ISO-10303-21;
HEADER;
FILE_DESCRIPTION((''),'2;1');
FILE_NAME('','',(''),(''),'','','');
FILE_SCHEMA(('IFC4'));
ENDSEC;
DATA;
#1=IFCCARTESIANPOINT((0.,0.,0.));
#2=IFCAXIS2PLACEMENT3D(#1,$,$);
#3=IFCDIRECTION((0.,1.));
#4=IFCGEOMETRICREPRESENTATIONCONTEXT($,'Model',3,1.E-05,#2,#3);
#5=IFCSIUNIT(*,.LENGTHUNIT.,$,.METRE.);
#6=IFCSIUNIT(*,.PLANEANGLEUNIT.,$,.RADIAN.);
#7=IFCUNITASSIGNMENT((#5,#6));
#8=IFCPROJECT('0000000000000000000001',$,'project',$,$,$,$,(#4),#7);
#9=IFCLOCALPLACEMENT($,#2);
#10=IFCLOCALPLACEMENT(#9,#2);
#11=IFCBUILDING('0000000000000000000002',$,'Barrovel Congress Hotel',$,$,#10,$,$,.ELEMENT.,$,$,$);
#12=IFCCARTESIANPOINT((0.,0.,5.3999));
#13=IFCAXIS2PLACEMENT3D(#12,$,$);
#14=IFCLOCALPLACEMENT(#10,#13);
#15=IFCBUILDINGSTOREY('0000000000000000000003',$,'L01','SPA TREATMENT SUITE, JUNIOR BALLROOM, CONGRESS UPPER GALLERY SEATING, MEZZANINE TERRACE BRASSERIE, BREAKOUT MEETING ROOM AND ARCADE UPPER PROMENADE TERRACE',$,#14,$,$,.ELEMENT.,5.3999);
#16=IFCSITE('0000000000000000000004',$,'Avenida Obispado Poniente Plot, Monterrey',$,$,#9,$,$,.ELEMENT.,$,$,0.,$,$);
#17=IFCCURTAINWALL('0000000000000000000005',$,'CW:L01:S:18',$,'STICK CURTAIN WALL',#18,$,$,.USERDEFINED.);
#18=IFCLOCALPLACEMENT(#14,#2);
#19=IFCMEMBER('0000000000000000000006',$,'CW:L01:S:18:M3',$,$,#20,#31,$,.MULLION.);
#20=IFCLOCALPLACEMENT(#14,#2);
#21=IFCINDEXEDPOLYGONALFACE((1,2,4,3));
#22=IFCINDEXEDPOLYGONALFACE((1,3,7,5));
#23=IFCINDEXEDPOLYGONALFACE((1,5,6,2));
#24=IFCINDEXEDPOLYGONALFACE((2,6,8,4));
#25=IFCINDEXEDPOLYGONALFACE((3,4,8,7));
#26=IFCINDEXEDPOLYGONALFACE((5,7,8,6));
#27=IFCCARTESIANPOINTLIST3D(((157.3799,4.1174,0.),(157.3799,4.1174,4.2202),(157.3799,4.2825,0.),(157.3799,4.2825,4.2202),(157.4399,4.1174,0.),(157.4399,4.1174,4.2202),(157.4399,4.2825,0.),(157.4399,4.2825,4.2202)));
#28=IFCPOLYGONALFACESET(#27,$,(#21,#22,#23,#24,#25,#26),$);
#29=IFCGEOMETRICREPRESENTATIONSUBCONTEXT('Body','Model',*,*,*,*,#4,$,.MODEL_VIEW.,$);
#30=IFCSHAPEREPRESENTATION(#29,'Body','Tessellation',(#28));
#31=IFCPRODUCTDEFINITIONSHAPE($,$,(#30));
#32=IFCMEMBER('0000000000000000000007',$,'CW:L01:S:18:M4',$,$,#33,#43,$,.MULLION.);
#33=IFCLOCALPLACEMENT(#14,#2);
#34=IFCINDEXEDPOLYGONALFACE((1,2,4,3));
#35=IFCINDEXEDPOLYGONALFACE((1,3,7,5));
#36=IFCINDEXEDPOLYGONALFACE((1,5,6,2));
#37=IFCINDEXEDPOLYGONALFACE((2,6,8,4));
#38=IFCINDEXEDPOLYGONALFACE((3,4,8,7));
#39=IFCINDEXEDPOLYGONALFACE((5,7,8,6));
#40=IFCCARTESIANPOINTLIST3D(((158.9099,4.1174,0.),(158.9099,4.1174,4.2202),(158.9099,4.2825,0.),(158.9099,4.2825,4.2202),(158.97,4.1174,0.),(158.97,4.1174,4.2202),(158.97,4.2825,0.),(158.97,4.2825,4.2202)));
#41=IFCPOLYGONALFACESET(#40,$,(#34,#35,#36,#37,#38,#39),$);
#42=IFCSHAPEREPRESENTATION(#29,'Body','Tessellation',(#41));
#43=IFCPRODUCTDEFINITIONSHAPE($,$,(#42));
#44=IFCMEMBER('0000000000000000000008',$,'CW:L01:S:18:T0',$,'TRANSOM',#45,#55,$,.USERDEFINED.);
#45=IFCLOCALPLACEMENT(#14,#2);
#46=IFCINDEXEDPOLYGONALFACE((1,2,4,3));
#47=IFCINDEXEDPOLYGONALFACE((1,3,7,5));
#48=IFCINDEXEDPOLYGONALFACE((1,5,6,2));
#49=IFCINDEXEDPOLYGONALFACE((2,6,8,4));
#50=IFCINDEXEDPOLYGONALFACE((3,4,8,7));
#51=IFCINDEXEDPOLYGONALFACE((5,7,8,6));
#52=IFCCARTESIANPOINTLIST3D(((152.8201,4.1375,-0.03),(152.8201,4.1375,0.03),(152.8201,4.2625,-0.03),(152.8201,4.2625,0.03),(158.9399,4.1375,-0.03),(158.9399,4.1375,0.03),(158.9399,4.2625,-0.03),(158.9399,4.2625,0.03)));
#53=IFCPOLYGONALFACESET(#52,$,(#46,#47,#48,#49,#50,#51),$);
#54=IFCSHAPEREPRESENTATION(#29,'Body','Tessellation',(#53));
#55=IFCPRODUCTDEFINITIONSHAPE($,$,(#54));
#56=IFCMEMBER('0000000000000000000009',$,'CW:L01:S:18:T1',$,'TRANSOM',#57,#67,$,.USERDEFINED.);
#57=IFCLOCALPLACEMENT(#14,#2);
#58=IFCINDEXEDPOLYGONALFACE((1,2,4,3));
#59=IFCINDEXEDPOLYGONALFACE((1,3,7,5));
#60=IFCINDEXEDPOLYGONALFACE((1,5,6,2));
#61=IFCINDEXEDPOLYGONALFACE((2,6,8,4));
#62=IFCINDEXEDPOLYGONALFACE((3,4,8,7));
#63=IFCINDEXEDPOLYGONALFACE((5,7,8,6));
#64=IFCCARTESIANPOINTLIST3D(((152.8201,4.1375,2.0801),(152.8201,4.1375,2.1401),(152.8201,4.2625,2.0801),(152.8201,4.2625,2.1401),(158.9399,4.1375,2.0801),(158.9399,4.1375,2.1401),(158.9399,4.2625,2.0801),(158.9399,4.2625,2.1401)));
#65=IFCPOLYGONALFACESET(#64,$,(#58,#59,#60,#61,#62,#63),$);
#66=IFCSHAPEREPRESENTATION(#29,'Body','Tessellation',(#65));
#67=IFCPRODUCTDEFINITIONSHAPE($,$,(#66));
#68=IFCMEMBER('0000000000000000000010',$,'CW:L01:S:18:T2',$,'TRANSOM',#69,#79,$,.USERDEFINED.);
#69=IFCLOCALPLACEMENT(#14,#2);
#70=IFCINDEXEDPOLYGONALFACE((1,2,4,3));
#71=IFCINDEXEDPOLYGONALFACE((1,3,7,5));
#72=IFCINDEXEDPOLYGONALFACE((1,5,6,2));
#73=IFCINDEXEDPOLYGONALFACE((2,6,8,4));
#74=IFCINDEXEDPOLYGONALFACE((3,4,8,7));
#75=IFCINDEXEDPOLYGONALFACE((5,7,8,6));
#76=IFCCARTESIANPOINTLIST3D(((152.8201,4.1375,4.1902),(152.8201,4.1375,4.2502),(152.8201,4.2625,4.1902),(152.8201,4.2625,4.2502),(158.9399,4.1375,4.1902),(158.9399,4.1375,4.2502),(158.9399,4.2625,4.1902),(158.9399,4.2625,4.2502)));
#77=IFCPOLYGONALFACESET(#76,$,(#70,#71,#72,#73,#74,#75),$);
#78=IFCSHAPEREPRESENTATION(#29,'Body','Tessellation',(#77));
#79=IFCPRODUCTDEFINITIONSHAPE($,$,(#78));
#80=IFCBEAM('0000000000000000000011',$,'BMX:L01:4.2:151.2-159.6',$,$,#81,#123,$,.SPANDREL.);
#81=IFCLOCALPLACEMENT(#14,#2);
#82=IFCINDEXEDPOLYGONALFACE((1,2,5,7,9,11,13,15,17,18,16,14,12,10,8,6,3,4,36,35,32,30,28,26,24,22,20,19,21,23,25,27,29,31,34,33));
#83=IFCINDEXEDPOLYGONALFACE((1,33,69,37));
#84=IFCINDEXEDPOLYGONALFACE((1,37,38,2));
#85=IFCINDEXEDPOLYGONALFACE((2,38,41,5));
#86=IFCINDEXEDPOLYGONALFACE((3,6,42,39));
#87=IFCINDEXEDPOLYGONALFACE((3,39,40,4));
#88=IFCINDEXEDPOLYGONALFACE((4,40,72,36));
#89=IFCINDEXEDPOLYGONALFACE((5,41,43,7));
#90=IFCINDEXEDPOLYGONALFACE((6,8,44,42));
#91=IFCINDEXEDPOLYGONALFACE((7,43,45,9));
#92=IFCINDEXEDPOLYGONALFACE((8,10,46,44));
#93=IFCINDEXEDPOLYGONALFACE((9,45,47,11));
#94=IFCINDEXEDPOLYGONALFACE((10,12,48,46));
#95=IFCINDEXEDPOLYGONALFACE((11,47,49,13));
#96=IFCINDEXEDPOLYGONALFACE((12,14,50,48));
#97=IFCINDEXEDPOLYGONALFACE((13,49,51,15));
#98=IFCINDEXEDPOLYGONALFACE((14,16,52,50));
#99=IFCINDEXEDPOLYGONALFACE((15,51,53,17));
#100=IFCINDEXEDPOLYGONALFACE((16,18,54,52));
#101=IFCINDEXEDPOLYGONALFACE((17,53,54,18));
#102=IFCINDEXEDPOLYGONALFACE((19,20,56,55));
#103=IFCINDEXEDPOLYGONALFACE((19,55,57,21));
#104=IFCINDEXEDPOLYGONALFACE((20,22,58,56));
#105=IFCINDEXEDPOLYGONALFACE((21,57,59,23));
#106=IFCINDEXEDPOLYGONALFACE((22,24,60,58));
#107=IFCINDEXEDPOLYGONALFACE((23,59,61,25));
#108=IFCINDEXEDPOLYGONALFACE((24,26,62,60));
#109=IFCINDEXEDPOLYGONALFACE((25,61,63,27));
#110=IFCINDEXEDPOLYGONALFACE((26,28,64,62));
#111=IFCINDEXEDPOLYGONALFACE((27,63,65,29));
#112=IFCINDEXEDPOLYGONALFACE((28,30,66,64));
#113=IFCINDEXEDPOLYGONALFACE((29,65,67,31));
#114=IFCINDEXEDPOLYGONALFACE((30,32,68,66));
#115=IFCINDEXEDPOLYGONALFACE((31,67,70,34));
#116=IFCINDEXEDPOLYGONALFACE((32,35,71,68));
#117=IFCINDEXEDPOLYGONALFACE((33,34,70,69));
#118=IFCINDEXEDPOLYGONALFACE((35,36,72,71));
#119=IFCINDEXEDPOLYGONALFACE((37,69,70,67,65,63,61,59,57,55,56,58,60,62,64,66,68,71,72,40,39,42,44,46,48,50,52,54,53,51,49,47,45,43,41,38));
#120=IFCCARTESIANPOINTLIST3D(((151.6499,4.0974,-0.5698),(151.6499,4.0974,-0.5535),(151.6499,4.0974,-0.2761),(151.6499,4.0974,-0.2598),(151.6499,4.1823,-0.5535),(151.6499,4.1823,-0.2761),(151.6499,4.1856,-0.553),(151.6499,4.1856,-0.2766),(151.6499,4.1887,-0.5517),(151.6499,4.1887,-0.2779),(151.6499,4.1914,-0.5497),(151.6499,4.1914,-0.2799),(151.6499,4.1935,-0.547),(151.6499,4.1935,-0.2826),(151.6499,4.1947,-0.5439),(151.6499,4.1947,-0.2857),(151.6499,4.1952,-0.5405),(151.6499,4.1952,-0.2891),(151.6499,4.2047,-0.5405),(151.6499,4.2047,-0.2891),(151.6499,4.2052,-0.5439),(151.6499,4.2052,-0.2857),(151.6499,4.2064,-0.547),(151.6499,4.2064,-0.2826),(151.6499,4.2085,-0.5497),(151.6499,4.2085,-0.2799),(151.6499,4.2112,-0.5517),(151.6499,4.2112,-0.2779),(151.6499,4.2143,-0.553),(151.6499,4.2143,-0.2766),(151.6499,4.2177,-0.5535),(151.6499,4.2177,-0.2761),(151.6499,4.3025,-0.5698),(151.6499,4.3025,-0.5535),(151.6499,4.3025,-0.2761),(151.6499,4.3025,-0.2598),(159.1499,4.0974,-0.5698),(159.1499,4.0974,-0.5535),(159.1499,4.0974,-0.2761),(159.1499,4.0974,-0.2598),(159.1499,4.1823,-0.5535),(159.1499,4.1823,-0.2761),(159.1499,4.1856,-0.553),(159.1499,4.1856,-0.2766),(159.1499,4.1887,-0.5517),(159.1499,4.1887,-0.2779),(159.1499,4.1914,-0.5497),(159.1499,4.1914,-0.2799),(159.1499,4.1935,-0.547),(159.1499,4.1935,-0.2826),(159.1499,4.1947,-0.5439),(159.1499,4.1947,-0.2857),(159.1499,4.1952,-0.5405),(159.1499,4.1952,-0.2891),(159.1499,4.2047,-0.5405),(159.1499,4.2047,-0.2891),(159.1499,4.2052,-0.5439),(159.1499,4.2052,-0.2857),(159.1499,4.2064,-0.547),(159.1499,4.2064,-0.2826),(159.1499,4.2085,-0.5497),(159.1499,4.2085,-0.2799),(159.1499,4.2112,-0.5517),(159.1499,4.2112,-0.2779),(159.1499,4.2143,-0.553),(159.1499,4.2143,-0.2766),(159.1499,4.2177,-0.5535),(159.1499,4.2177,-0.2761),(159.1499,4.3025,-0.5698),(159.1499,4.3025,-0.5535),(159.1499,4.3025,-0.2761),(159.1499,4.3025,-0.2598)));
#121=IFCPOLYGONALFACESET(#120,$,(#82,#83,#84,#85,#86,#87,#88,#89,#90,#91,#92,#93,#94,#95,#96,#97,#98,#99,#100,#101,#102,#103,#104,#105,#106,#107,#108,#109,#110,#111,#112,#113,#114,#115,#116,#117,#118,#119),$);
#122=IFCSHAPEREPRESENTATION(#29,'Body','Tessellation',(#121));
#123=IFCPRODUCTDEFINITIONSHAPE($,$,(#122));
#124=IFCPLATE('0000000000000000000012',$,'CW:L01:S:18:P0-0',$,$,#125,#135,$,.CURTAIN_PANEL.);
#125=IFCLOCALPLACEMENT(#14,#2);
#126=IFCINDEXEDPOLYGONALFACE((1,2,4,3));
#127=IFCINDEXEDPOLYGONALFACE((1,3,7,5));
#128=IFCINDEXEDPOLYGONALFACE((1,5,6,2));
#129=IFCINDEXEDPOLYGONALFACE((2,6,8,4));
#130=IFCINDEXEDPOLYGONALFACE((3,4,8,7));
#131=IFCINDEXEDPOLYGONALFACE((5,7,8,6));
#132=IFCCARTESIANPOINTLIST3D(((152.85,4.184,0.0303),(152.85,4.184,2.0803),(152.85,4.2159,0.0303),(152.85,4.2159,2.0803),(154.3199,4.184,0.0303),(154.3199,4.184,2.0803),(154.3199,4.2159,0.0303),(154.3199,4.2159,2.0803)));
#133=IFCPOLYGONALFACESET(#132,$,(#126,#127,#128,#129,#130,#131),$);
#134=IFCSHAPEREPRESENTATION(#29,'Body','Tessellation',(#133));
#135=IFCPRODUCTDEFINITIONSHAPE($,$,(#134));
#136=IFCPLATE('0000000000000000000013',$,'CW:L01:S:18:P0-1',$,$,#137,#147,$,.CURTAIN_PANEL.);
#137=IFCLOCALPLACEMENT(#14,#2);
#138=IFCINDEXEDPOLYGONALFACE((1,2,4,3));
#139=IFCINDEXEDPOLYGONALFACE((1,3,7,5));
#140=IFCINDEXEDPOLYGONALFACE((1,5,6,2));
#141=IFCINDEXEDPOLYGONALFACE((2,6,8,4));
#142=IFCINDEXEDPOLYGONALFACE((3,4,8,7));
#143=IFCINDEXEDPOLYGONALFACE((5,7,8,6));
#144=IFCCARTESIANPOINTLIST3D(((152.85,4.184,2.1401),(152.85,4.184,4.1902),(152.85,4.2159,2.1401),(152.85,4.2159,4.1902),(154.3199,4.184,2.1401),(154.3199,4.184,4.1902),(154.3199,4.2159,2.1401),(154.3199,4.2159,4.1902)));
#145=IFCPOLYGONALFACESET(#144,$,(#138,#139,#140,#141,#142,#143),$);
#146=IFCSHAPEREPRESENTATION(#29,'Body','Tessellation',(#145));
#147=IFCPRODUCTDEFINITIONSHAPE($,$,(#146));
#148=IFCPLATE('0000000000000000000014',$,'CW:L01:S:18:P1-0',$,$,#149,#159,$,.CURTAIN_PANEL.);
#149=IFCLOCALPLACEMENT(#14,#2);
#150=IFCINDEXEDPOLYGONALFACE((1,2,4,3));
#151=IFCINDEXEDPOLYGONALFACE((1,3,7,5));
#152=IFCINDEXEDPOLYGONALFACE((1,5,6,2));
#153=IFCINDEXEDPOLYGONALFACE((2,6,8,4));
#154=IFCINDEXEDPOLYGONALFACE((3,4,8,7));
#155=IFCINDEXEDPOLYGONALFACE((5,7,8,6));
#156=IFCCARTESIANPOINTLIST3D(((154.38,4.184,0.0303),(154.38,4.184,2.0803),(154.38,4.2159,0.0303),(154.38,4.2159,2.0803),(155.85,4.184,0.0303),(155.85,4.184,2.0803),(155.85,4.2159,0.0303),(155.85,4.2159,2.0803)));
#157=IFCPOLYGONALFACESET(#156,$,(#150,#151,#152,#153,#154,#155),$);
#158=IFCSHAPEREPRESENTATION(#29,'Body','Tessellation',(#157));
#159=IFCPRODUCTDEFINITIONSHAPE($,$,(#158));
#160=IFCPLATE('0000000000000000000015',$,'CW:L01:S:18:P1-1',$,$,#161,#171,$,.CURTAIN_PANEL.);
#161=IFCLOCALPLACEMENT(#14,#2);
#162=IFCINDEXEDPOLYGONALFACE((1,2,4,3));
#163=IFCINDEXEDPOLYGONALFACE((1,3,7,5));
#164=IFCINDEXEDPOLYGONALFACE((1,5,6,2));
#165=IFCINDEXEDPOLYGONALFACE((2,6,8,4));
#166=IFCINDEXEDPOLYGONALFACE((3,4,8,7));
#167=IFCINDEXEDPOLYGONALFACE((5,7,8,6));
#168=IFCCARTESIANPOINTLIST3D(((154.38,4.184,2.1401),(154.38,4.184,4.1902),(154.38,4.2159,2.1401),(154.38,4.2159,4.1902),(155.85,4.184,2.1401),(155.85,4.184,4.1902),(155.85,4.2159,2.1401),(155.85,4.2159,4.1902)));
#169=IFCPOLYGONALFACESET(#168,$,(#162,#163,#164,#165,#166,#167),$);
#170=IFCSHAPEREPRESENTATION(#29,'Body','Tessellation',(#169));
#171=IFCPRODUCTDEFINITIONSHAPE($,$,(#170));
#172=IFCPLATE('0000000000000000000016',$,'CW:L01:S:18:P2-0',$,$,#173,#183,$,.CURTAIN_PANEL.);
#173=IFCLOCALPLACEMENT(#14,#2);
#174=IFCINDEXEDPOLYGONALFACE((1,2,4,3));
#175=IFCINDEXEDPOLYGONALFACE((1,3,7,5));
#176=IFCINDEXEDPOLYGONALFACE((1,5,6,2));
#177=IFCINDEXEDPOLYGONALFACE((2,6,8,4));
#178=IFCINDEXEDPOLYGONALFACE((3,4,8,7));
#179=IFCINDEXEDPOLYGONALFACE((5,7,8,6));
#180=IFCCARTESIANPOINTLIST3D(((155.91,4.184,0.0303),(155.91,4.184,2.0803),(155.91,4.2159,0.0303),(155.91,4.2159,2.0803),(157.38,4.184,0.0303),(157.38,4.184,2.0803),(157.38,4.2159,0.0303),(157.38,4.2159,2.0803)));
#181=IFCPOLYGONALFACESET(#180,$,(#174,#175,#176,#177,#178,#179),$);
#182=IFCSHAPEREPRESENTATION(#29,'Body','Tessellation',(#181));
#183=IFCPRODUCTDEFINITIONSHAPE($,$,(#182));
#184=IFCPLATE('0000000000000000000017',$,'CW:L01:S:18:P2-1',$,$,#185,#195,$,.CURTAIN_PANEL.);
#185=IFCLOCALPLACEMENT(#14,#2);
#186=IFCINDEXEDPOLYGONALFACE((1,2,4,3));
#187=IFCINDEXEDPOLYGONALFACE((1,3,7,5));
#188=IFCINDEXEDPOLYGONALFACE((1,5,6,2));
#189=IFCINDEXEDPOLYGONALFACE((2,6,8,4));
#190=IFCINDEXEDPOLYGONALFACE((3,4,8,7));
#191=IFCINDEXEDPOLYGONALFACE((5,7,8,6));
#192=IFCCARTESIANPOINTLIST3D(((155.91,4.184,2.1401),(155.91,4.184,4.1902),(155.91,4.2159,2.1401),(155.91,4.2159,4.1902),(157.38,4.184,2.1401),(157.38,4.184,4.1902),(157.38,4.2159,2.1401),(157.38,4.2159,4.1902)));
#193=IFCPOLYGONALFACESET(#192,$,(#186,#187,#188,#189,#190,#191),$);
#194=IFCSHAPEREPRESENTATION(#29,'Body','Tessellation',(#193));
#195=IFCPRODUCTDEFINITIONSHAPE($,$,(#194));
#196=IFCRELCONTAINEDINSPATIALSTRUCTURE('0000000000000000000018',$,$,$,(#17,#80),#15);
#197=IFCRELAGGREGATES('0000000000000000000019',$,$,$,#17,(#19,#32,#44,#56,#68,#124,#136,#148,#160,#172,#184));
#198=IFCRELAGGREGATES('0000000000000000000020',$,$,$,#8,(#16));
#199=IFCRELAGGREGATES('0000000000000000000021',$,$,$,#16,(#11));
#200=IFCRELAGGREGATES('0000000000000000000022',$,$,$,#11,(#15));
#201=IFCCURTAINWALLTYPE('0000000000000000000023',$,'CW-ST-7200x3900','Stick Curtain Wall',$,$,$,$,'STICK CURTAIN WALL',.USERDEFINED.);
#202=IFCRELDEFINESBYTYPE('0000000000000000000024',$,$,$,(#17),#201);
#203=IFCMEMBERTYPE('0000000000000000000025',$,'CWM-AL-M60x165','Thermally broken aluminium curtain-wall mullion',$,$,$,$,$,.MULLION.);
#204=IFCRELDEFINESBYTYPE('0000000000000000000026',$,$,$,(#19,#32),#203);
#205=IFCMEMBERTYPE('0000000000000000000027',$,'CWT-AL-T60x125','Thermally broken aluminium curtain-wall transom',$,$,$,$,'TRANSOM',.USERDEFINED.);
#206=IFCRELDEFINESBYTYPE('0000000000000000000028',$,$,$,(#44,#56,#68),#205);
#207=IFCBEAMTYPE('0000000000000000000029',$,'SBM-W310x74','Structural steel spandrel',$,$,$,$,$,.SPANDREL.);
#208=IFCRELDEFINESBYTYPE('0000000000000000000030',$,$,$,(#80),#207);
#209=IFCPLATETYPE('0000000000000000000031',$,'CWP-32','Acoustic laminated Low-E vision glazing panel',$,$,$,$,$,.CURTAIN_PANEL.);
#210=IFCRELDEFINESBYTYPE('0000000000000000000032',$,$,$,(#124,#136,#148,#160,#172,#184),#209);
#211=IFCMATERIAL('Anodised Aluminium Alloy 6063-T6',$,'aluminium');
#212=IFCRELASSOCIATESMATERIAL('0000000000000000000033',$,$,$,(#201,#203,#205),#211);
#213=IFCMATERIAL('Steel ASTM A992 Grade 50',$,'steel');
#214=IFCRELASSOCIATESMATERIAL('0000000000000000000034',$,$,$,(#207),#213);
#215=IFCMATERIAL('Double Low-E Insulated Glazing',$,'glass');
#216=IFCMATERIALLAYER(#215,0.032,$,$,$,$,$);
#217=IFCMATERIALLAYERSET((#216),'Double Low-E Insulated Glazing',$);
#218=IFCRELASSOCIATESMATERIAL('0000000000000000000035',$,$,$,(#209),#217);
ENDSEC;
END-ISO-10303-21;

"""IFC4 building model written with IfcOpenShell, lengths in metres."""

from ifc_helpers import new_model, si_unit, direction, frame, origin, origin_2d, place, context, subcontext, project, spatial, rectangle, i_section, extrude, material, layer, layer_set, material_profile, profile_set, type_object, element, aggregate, save


model = new_model("IFC4")

# Units and contexts
model_context = context("Model", 3, precision=1e-05, world=origin(), true_north=direction((0.0, 1.0)))
body_context = subcontext(model_context, "Body", "Model", "MODEL_VIEW")
ifc_project = project(units=[si_unit("LENGTHUNIT", "METRE"), si_unit("PLANEANGLEUNIT", "RADIAN")], contexts=[model_context])

# Site, building, storey
site_placement = place(None, origin())
site = spatial("IfcSite", under=ifc_project, at=site_placement, Name="Avenida Obispado Poniente Plot, Monterrey", CompositionType="ELEMENT", RefElevation=0.0)
building_placement = place(site_placement, origin())
building = spatial("IfcBuilding", under=site, at=building_placement, Name="Barrovel Congress Hotel", CompositionType="ELEMENT")
storey_placement = place(building_placement, frame((0.0, 0.0, 5.3999)))
storey = spatial("IfcBuildingStorey", under=building, at=storey_placement, Name="L01", Description="SPA TREATMENT SUITE, JUNIOR BALLROOM, CONGRESS UPPER GALLERY SEATING, MEZZANINE TERRACE BRASSERIE, BREAKOUT MEETING ROOM AND ARCADE UPPER PROMENADE TERRACE", CompositionType="ELEMENT", Elevation=5.3999)

# Curtain wall, members
ifc_material_1 = material(Name="Anodised Aluminium Alloy 6063-T6", Category="aluminium")
curtain_wall_type = type_object("IfcCurtainWallType", Name="CW-ST-7200x3900", Description="Stick Curtain Wall", ElementType="STICK CURTAIN WALL", PredefinedType="USERDEFINED", material=ifc_material_1)
curtain_wall_placement = place(storey_placement, origin())
curtain_wall = element("IfcCurtainWall", 1, at=curtain_wall_placement, inside=storey, type_object=curtain_wall_type, Name="CW:L01:S:18", ObjectType="STICK CURTAIN WALL", PredefinedType="USERDEFINED")
ifc_material_profile_1 = material_profile(ifc_material_1, rectangle(XDim=0.0601, YDim=0.165, at=origin_2d()), Name="AL-M60x165")
ifc_profile_set_1 = profile_set([ifc_material_profile_1], Name="Anodised Aluminium Alloy 6063-T6")
member_type_1 = type_object("IfcMemberType", Name="CWM-AL-M60x165", Description="Thermally broken aluminium curtain-wall mullion", PredefinedType="MULLION", material=ifc_profile_set_1)
member_1_placement = place(storey_placement, frame((157.4099, 4.2, 0.0), z_axis=(0.0, 0.0, 1.0), x_axis=(1.0, 0.0, 0.0)))
member_1 = element("IfcMember", 2, at=member_1_placement, type_object=member_type_1, Name="CW:L01:S:18:M3", PredefinedType="MULLION", context=body_context, shape_type="SweptSolid", body=[
    extrude(rectangle(XDim=0.0601, YDim=0.165, at=origin_2d()), origin(), (0.0, 0.0, 1.0), 4.2202),
])
member_2_placement = place(storey_placement, frame((158.9399, 4.2, 0.0), z_axis=(0.0, 0.0, 1.0), x_axis=(1.0, 0.0, 0.0)))
member_2 = element("IfcMember", 3, at=member_2_placement, type_object=member_type_1, Name="CW:L01:S:18:M4", PredefinedType="MULLION", context=body_context, shape_type="SweptSolid", body=[
    extrude(rectangle(XDim=0.0601, YDim=0.165, at=origin_2d()), origin(), (0.0, 0.0, 1.0), 4.2202),
])
ifc_material_profile_2 = material_profile(ifc_material_1, rectangle(XDim=0.125, YDim=0.0601, at=origin_2d()), Name="AL-T60x125")
ifc_profile_set_2 = profile_set([ifc_material_profile_2], Name="Anodised Aluminium Alloy 6063-T6")
member_type_2 = type_object("IfcMemberType", Name="CWT-AL-T60x125", Description="Thermally broken aluminium curtain-wall transom", ElementType="TRANSOM", PredefinedType="USERDEFINED", material=ifc_profile_set_2)
member_3_placement = place(storey_placement, frame((152.8201, 4.2, 0.0), z_axis=(1.0, 0.0, 0.0), x_axis=(0.0, 1.0, 0.0)))
member_3 = element("IfcMember", 4, at=member_3_placement, type_object=member_type_2, Name="CW:L01:S:18:T0", ObjectType="TRANSOM", PredefinedType="USERDEFINED", context=body_context, shape_type="SweptSolid", body=[
    extrude(rectangle(XDim=0.125, YDim=0.0601, at=origin_2d()), origin(), (0.0, 0.0, 1.0), 6.1199),
])
member_4_placement = place(storey_placement, frame((152.8201, 4.2, 2.1101), z_axis=(1.0, 0.0, 0.0), x_axis=(0.0, 1.0, 0.0)))
member_4 = element("IfcMember", 5, at=member_4_placement, type_object=member_type_2, Name="CW:L01:S:18:T1", ObjectType="TRANSOM", PredefinedType="USERDEFINED", context=body_context, shape_type="SweptSolid", body=[
    extrude(rectangle(XDim=0.125, YDim=0.0601, at=origin_2d()), origin(), (0.0, 0.0, 1.0), 6.1199),
])
member_5_placement = place(storey_placement, frame((152.8201, 4.2, 4.2202), z_axis=(1.0, 0.0, 0.0), x_axis=(0.0, 1.0, 0.0)))
member_5 = element("IfcMember", 6, at=member_5_placement, type_object=member_type_2, Name="CW:L01:S:18:T2", ObjectType="TRANSOM", PredefinedType="USERDEFINED", context=body_context, shape_type="SweptSolid", body=[
    extrude(rectangle(XDim=0.125, YDim=0.0601, at=origin_2d()), origin(), (0.0, 0.0, 1.0), 6.1199),
])

# Beam
ifc_material_2 = material(Name="Steel ASTM A992 Grade 50", Category="steel")
ifc_material_profile_3 = material_profile(ifc_material_2, i_section(OverallWidth=0.2051, OverallDepth=0.3101, WebThickness=0.0095, FlangeThickness=0.0164, FilletRadius=0.0129, at=origin_2d()), Name="W310x74")
ifc_profile_set_3 = profile_set([ifc_material_profile_3], Name="Steel ASTM A992 Grade 50")
beam_type_1 = type_object("IfcBeamType", Name="SBM-W310x74", Description="Structural steel spandrel", PredefinedType="SPANDREL", material=ifc_profile_set_3)
beam_1_placement = place(storey_placement, frame((151.6499, 4.2, -0.4148), z_axis=(1.0, 0.0, 0.0), x_axis=(0.0, 1.0, 0.0)))
element("IfcBeam", 7, at=beam_1_placement, inside=storey, type_object=beam_type_1, Name="BMX:L01:4.2:151.2-159.6", PredefinedType="SPANDREL", context=body_context, shape_type="SweptSolid", body=[
    extrude(i_section(OverallWidth=0.2051, OverallDepth=0.3101, WebThickness=0.0095, FlangeThickness=0.0164, FilletRadius=0.0129, at=origin_2d()), origin(), (0.0, 0.0, 1.0), 7.5),
])

# Plates
ifc_material_3 = material(Name="Double Low-E Insulated Glazing", Category="glass")
ifc_layer_1 = layer(ifc_material_3, 0.032)
ifc_layer_set_1 = layer_set([ifc_layer_1], Name="Double Low-E Insulated Glazing")
plate_type = type_object("IfcPlateType", Name="CWP-32", Description="Acoustic laminated Low-E vision glazing panel", PredefinedType="CURTAIN_PANEL", material=ifc_layer_set_1)
plate_1_placement = place(storey_placement, frame((153.585, 4.2, 0.0303), z_axis=(0.0, 0.0, 1.0), x_axis=(1.0, 0.0, 0.0)))
plate_1 = element("IfcPlate", 8, at=plate_1_placement, type_object=plate_type, Name="CW:L01:S:18:P0-0", PredefinedType="CURTAIN_PANEL", context=body_context, shape_type="SweptSolid", body=[
    extrude(rectangle(XDim=1.47, YDim=0.032, at=origin_2d()), origin(), (0.0, 0.0, 1.0), 2.05),
])
plate_2_placement = place(storey_placement, frame((153.585, 4.2, 2.1401), z_axis=(0.0, 0.0, 1.0), x_axis=(1.0, 0.0, 0.0)))
plate_2 = element("IfcPlate", 9, at=plate_2_placement, type_object=plate_type, Name="CW:L01:S:18:P0-1", PredefinedType="CURTAIN_PANEL", context=body_context, shape_type="SweptSolid", body=[
    extrude(rectangle(XDim=1.47, YDim=0.032, at=origin_2d()), origin(), (0.0, 0.0, 1.0), 2.05),
])
plate_3_placement = place(storey_placement, frame((155.115, 4.2, 0.0303), z_axis=(0.0, 0.0, 1.0), x_axis=(1.0, 0.0, 0.0)))
plate_3 = element("IfcPlate", 10, at=plate_3_placement, type_object=plate_type, Name="CW:L01:S:18:P1-0", PredefinedType="CURTAIN_PANEL", context=body_context, shape_type="SweptSolid", body=[
    extrude(rectangle(XDim=1.47, YDim=0.032, at=origin_2d()), origin(), (0.0, 0.0, 1.0), 2.05),
])
plate_4_placement = place(storey_placement, frame((155.115, 4.2, 2.1401), z_axis=(0.0, 0.0, 1.0), x_axis=(1.0, 0.0, 0.0)))
plate_4 = element("IfcPlate", 11, at=plate_4_placement, type_object=plate_type, Name="CW:L01:S:18:P1-1", PredefinedType="CURTAIN_PANEL", context=body_context, shape_type="SweptSolid", body=[
    extrude(rectangle(XDim=1.47, YDim=0.032, at=origin_2d()), origin(), (0.0, 0.0, 1.0), 2.05),
])
plate_5_placement = place(storey_placement, frame((156.645, 4.2, 0.0303), z_axis=(0.0, 0.0, 1.0), x_axis=(1.0, 0.0, 0.0)))
plate_5 = element("IfcPlate", 12, at=plate_5_placement, type_object=plate_type, Name="CW:L01:S:18:P2-0", PredefinedType="CURTAIN_PANEL", context=body_context, shape_type="SweptSolid", body=[
    extrude(rectangle(XDim=1.47, YDim=0.032, at=origin_2d()), origin(), (0.0, 0.0, 1.0), 2.05),
])
plate_6_placement = place(storey_placement, frame((156.645, 4.2, 2.1401), z_axis=(0.0, 0.0, 1.0), x_axis=(1.0, 0.0, 0.0)))
plate_6 = element("IfcPlate", 13, at=plate_6_placement, type_object=plate_type, Name="CW:L01:S:18:P2-1", PredefinedType="CURTAIN_PANEL", context=body_context, shape_type="SweptSolid", body=[
    extrude(rectangle(XDim=1.47, YDim=0.032, at=origin_2d()), origin(), (0.0, 0.0, 1.0), 2.05),
])
aggregate(curtain_wall, [member_1, member_2, member_3, member_4, member_5, plate_1, plate_2, plate_3, plate_4, plate_5, plate_6])

save(model, "model.ifc")
